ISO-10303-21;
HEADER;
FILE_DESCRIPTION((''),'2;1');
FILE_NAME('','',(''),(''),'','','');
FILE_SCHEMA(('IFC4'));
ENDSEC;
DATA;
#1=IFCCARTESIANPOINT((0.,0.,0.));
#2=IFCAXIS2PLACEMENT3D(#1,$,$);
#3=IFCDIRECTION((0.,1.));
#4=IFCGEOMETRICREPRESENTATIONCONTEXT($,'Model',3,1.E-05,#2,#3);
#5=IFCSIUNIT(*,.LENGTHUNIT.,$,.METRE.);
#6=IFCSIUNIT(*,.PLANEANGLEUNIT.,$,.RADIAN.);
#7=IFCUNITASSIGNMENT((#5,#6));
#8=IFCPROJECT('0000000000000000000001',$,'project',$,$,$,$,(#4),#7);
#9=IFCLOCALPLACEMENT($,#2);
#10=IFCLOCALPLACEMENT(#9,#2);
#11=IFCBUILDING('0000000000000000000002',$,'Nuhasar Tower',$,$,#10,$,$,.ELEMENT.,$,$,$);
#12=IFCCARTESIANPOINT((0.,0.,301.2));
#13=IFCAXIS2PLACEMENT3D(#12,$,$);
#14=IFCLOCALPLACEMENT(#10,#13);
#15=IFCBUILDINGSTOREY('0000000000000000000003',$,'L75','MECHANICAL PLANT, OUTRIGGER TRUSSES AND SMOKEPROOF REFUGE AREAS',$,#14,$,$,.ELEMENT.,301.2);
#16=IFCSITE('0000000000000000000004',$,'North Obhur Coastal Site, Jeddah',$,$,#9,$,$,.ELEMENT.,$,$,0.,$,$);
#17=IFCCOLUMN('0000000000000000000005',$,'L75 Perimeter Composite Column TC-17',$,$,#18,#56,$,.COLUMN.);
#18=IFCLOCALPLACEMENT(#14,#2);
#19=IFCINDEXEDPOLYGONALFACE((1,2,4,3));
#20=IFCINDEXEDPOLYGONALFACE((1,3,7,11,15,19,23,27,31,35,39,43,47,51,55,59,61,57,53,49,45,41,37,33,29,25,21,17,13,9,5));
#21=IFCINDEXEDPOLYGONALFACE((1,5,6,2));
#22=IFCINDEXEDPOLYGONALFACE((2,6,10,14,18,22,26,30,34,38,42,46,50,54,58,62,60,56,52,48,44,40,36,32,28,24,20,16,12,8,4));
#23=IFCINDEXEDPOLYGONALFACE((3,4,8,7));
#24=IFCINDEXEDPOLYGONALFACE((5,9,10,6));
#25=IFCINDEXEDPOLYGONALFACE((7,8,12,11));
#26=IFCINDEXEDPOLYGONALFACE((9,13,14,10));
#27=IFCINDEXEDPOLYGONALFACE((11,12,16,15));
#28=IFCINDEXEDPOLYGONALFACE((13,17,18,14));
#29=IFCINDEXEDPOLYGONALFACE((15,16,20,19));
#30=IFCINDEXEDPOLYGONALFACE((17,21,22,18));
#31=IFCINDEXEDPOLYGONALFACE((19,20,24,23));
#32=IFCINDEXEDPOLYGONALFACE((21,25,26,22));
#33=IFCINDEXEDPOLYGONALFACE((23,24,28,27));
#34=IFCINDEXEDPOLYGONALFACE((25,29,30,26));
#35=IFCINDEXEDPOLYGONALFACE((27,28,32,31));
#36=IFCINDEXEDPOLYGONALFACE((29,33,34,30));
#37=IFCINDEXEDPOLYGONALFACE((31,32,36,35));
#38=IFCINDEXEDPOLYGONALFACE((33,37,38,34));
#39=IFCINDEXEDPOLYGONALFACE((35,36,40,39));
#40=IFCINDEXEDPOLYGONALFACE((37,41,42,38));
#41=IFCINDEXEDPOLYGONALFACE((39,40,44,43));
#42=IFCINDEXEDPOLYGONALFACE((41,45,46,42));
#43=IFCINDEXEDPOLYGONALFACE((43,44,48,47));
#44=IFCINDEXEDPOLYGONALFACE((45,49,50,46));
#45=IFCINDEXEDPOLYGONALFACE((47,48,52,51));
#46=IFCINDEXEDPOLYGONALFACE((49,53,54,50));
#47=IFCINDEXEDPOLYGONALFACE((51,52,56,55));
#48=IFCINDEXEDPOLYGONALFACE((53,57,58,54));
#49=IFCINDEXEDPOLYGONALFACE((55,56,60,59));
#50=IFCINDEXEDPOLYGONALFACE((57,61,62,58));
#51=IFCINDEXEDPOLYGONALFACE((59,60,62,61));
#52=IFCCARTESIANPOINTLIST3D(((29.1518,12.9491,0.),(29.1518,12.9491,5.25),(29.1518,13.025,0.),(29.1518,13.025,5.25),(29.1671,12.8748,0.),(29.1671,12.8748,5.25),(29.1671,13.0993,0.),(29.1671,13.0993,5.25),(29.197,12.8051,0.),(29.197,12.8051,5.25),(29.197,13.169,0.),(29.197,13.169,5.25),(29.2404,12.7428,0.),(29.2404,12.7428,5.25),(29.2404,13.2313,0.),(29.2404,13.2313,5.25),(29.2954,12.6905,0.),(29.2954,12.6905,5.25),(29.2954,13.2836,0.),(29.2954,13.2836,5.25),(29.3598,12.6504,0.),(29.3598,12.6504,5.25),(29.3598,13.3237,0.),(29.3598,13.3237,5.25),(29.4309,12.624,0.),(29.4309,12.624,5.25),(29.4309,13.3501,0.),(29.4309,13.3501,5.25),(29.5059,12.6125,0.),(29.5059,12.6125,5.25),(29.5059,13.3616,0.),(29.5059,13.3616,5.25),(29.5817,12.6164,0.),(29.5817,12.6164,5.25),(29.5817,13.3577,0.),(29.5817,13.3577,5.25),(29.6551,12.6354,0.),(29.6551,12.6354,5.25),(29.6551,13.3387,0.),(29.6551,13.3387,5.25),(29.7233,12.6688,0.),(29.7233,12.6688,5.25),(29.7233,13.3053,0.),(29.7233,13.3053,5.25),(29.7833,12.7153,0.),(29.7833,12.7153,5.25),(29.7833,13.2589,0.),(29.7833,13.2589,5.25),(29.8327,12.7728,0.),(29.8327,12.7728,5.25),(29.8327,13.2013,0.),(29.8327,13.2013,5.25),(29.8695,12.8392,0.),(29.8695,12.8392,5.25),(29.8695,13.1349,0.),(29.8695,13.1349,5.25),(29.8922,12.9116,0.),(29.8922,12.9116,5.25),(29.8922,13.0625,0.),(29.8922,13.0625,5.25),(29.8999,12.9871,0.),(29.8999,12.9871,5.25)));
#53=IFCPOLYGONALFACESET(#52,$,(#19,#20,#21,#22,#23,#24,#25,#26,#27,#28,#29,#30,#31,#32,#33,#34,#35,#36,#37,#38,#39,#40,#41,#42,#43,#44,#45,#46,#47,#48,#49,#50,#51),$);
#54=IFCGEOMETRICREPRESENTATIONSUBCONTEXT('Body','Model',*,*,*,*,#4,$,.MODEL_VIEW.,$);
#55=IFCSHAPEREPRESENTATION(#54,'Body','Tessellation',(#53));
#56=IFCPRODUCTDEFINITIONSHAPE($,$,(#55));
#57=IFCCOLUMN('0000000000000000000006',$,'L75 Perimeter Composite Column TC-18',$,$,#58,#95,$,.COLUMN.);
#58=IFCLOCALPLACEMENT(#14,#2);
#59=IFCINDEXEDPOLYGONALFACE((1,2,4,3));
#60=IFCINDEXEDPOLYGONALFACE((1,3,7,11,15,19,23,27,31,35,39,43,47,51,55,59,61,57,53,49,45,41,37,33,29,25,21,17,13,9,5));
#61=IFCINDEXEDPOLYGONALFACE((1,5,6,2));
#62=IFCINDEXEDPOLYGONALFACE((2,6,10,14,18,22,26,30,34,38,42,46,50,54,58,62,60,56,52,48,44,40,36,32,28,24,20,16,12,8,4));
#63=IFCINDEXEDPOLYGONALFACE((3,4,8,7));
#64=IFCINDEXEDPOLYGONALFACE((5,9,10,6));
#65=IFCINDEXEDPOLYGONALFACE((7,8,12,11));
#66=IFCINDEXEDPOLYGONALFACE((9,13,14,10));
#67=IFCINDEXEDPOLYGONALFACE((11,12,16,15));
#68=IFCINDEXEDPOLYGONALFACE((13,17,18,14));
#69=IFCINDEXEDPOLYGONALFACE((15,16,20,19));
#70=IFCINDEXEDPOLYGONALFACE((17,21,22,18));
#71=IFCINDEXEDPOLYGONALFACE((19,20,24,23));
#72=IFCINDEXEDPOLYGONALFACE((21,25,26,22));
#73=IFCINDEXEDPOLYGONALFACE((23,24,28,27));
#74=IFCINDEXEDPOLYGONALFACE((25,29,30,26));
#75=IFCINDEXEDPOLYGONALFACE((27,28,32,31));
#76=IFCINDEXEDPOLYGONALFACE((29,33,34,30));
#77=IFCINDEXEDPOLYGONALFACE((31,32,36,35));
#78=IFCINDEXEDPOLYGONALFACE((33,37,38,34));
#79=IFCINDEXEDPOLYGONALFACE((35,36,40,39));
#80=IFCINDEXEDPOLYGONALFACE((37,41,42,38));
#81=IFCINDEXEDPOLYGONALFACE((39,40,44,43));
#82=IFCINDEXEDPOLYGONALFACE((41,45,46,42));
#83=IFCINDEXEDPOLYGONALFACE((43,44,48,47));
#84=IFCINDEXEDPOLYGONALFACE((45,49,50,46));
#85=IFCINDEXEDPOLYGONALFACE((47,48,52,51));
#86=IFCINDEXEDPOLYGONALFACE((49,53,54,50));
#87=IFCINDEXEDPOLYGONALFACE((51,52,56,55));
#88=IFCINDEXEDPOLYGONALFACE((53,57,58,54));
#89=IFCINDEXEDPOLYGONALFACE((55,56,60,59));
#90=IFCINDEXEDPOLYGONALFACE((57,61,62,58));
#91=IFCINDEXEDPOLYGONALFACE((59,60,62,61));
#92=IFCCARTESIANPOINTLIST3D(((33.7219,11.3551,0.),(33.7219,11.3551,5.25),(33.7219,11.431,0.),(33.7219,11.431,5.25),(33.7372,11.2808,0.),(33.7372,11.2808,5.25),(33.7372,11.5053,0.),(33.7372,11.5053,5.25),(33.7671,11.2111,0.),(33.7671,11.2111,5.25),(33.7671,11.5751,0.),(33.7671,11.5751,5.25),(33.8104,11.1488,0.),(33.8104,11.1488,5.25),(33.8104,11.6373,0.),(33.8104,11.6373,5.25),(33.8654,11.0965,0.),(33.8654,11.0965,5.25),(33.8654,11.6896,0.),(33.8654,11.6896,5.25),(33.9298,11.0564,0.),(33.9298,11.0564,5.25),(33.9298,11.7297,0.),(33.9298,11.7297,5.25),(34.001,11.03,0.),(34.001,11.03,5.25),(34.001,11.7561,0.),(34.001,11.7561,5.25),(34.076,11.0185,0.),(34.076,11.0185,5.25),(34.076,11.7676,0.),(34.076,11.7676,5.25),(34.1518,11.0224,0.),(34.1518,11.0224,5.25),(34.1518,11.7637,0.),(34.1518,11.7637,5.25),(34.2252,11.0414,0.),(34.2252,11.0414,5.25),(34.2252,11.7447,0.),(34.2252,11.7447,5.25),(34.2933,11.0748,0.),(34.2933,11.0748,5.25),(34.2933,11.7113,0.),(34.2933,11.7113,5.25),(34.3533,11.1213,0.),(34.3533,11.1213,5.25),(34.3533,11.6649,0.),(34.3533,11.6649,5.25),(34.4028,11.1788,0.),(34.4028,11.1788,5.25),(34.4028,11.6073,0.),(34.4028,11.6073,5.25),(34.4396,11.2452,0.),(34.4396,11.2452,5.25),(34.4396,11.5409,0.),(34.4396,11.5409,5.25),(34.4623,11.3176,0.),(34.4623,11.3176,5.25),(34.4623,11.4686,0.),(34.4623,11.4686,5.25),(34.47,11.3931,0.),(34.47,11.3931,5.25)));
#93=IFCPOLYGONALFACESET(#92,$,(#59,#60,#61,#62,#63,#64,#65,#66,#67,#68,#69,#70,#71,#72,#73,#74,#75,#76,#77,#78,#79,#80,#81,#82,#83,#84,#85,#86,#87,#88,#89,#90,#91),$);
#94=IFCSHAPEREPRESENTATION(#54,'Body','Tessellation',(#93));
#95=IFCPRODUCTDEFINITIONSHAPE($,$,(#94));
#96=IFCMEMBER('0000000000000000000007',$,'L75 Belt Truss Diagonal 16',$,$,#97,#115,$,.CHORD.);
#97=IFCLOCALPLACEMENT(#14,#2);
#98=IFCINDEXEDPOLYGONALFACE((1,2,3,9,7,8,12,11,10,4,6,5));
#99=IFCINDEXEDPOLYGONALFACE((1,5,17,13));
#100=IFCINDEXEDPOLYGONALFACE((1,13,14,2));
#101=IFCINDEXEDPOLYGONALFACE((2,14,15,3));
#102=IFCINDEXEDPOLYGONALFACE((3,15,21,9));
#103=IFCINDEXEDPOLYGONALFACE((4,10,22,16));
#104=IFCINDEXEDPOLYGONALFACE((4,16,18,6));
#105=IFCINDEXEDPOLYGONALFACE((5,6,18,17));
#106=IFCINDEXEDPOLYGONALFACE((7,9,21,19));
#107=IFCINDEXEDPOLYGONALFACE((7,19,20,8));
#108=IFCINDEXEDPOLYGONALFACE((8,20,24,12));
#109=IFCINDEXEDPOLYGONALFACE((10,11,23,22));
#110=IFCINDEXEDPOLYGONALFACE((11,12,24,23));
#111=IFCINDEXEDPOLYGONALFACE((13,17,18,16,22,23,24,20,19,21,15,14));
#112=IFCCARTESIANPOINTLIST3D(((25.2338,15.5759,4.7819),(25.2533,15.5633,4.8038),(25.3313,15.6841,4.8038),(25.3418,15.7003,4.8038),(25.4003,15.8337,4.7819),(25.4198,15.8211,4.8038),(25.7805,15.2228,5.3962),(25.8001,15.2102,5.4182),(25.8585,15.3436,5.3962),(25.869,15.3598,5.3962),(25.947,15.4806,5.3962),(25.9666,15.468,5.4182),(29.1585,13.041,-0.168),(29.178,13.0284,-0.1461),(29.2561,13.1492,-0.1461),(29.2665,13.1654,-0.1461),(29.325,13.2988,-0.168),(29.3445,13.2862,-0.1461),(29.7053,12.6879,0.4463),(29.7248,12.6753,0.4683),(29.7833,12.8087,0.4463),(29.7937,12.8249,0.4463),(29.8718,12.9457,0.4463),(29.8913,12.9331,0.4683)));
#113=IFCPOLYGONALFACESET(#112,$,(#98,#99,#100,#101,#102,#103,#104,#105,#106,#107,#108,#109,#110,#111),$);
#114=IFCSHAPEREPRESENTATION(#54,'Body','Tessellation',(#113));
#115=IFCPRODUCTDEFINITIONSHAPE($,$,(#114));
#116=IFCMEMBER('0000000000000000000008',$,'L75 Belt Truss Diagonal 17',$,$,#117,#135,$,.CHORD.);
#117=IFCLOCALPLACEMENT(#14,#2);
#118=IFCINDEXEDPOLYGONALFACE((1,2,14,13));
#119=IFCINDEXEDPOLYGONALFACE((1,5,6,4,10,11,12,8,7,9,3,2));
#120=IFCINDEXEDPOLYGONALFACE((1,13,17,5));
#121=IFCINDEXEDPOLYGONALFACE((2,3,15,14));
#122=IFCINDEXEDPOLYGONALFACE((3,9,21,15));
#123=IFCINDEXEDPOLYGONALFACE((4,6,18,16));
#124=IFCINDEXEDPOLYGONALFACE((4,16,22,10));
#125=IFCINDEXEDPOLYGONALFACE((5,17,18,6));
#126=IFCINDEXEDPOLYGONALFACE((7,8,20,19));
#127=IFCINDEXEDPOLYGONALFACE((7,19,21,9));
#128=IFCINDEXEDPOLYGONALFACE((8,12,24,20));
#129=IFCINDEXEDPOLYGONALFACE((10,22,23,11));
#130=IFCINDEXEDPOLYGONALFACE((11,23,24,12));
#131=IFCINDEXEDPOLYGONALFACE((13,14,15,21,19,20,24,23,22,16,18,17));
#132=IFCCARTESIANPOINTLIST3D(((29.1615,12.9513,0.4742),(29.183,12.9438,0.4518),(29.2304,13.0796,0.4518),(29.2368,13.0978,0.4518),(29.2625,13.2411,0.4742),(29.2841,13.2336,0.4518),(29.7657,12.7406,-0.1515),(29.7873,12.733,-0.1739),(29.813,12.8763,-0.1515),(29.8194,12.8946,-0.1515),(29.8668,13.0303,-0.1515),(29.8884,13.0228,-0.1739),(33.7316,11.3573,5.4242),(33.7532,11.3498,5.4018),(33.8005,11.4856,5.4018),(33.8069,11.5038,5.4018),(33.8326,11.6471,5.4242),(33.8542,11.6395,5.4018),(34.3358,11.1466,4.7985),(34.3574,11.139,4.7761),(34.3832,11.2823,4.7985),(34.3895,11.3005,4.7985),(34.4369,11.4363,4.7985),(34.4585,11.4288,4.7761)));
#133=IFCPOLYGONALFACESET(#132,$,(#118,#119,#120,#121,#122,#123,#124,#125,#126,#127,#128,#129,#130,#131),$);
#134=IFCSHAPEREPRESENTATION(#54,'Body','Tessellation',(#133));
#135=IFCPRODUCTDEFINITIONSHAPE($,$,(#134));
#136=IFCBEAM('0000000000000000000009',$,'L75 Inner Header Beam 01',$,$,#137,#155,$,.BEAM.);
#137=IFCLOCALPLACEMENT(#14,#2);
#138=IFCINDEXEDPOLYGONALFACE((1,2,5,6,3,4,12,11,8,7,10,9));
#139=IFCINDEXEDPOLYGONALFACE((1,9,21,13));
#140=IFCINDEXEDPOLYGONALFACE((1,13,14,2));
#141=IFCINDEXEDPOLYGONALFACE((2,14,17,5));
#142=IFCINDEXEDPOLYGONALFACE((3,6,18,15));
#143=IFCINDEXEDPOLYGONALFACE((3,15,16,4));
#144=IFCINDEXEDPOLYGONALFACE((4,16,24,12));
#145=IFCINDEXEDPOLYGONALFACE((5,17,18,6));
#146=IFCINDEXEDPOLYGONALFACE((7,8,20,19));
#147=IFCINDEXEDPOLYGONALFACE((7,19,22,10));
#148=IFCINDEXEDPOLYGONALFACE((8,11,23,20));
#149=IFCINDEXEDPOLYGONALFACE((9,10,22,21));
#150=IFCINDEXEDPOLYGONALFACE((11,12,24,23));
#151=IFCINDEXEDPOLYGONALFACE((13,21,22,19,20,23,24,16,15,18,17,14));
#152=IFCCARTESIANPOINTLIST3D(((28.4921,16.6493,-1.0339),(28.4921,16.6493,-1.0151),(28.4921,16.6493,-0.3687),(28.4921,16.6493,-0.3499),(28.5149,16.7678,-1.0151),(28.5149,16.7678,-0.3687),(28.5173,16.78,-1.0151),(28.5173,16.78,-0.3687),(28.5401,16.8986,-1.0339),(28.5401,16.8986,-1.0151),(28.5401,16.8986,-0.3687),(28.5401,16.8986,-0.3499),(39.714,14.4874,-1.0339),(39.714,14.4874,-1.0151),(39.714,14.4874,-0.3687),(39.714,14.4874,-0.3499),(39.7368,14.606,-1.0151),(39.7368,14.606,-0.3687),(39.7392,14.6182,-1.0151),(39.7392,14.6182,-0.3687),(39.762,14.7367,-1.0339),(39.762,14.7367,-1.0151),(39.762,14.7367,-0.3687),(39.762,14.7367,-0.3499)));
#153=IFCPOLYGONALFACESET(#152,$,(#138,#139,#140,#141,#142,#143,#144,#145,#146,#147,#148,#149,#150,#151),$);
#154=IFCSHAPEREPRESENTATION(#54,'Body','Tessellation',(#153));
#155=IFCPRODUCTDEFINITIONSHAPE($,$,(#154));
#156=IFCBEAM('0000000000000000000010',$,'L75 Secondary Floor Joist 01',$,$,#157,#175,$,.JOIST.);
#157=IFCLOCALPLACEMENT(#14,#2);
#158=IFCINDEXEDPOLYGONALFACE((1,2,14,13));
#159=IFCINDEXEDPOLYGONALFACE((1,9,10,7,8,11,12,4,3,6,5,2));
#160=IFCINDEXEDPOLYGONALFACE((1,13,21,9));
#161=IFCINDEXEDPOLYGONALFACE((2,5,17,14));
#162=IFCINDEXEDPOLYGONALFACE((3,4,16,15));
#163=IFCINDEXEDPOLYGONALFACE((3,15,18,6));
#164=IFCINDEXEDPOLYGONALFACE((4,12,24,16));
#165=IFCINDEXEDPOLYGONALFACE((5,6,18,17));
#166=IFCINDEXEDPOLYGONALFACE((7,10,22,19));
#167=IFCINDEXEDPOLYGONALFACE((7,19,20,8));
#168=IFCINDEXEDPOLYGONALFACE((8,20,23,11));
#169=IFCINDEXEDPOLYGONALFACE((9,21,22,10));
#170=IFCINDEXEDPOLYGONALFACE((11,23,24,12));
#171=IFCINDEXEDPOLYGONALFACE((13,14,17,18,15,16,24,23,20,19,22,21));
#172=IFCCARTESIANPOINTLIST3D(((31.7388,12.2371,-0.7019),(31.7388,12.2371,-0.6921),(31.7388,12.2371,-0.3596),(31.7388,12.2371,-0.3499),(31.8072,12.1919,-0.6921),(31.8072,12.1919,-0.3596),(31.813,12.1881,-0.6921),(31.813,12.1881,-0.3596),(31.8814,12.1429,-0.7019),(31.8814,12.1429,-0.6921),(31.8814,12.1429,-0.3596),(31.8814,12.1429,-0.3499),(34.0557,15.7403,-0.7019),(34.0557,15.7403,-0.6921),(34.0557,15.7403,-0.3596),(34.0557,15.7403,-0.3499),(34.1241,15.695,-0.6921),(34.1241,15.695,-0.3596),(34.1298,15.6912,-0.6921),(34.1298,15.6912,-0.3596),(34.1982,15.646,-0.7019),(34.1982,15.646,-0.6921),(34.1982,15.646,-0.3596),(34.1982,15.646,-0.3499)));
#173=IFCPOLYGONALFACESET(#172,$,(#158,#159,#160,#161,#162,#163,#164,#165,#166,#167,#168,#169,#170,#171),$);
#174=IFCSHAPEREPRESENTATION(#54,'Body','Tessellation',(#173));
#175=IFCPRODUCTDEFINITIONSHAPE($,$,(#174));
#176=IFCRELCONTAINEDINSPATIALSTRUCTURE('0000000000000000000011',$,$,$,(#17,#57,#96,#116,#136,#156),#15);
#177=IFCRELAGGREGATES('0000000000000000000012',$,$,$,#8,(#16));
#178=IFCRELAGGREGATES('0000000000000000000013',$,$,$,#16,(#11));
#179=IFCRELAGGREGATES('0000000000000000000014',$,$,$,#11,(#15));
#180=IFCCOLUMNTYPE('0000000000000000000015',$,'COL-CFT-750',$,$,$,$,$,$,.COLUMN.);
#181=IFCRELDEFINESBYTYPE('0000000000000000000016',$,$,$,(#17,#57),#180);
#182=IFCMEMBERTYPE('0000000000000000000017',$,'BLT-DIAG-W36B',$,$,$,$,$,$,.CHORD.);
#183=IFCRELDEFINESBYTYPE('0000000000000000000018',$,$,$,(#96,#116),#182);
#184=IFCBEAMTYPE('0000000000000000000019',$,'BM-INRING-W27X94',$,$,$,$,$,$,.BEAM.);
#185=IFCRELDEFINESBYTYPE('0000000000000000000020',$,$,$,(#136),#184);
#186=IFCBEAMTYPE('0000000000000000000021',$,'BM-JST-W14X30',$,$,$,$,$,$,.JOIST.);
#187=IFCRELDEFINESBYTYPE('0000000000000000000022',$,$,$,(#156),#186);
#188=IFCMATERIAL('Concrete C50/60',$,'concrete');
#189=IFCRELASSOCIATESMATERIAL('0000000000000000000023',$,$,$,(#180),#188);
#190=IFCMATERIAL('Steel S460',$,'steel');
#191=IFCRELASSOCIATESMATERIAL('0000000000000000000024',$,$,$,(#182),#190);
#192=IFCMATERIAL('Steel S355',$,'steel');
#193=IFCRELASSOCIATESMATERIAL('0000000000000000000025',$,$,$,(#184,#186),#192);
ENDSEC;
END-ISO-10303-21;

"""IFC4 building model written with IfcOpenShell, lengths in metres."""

from ifc_helpers import new_model, si_unit, direction, frame, origin, origin_2d, place, context, subcontext, project, spatial, circle, i_section, extrude, material, material_profile, profile_set, type_object, element, save


model = new_model("IFC4")

# Units and contexts
model_context = context("Model", 3, precision=1e-05, world=origin(), true_north=direction((0.0, 1.0)))
body_context = subcontext(model_context, "Body", "Model", "MODEL_VIEW")
ifc_project = project(units=[si_unit("LENGTHUNIT", "METRE"), si_unit("PLANEANGLEUNIT", "RADIAN")], contexts=[model_context])

# Site, building, storey
site_placement = place(None, origin())
site = spatial("IfcSite", under=ifc_project, at=site_placement, Name="North Obhur Coastal Site, Jeddah", CompositionType="ELEMENT", RefElevation=0.0)
building_placement = place(site_placement, origin())
building = spatial("IfcBuilding", under=site, at=building_placement, Name="Nuhasar Tower", CompositionType="ELEMENT")
storey_placement = place(building_placement, frame((0.0, 0.0, 301.2)))
storey = spatial("IfcBuildingStorey", under=building, at=storey_placement, Name="L75", Description="MECHANICAL PLANT, OUTRIGGER TRUSSES AND SMOKEPROOF REFUGE AREAS", CompositionType="ELEMENT", Elevation=301.2)

# Columns
ifc_material_1 = material(Name="Concrete C50/60", Category="concrete")
ifc_material_profile_1 = material_profile(ifc_material_1, circle(Radius=0.375, at=origin_2d()), Name="CFT750")
ifc_profile_set_1 = profile_set([ifc_material_profile_1], Name="Concrete C50/60")
column_type = type_object("IfcColumnType", Name="COL-CFT-750", PredefinedType="COLUMN", material=ifc_profile_set_1)
for number, where, z_axis, x_axis, name in (
    (1, (29.5249, 12.9871, 0.0), (0.0, 0.0, 1.0), (1.0, 0.0, 0.0), "L75 Perimeter Composite Column TC-17"),
    (2, (34.095, 11.3931, 0.0), (0.0, 0.0, 1.0), (1.0, 0.0, 0.0), "L75 Perimeter Composite Column TC-18"),
):
    element("IfcColumn", number, at=place(storey_placement, frame(where, z_axis=z_axis, x_axis=x_axis)), inside=storey, type_object=column_type, Name=name, PredefinedType="COLUMN", context=body_context, shape_type="SweptSolid", body=[
        extrude(circle(Radius=0.375, at=origin_2d()), origin(), (0.0, 0.0, 1.0), 5.25),
    ])

# Members
ifc_material_2 = material(Name="Steel S460", Category="steel")
ifc_material_profile_2 = material_profile(ifc_material_2, i_section(OverallWidth=0.3069, OverallDepth=0.927, WebThickness=0.0193, FlangeThickness=0.032, at=origin_2d()), Name="W36X194")
ifc_profile_set_2 = profile_set([ifc_material_profile_2], Name="Steel S460")
member_type_1 = type_object("IfcMemberType", Name="BLT-DIAG-W36B", PredefinedType="CHORD", material=ifc_profile_set_2)
member_1_placement = place(storey_placement, frame((29.5249, 12.9871, 0.1501), z_axis=(-0.576605, 0.372411, 0.727212), x_axis=(-0.542547, -0.840025, 0.0)))
element("IfcMember", 3, at=member_1_placement, inside=storey, type_object=member_type_1, Name="L75 Belt Truss Diagonal 16", PredefinedType="CHORD", context=body_context, shape_type="SweptSolid", body=[
    extrude(i_section(OverallWidth=0.3069, OverallDepth=0.927, WebThickness=0.0193, FlangeThickness=0.032, at=origin_2d()), origin(), (0.0, 0.0, 1.0), 6.8066),
])
member_2_placement = place(storey_placement, frame((29.5249, 12.9871, 0.1501), z_axis=(0.660125, -0.230245, 0.714998), x_axis=(0.329332, 0.944214, 0.0)))
element("IfcMember", 4, at=member_2_placement, inside=storey, type_object=member_type_1, Name="L75 Belt Truss Diagonal 17", PredefinedType="CHORD", context=body_context, shape_type="SweptSolid", body=[
    extrude(i_section(OverallWidth=0.3069, OverallDepth=0.927, WebThickness=0.0193, FlangeThickness=0.032, at=origin_2d()), origin(), (0.0, 0.0, 1.0), 6.9231),
])

# Beams
ifc_material_3 = material(Name="Steel S355", Category="steel")
ifc_material_profile_3 = material_profile(ifc_material_3, i_section(OverallWidth=0.2539, OverallDepth=0.6841, WebThickness=0.0125, FlangeThickness=0.0188, at=origin_2d()), Name="W27X94")
ifc_profile_set_3 = profile_set([ifc_material_profile_3], Name="Steel S355")
beam_type_1 = type_object("IfcBeamType", Name="BM-INRING-W27X94", PredefinedType="BEAM", material=ifc_profile_set_3)
beam_1_placement = place(storey_placement, frame((28.5161, 16.7739, -0.6919), z_axis=(0.981945, -0.189168, 0.0), x_axis=(0.189168, 0.981945, 0.0)))
element("IfcBeam", 5, at=beam_1_placement, inside=storey, type_object=beam_type_1, Name="L75 Inner Header Beam 01", PredefinedType="BEAM", context=body_context, shape_type="SweptSolid", body=[
    extrude(i_section(OverallWidth=0.2539, OverallDepth=0.6841, WebThickness=0.0125, FlangeThickness=0.0188, at=origin_2d()), origin(), (0.0, 0.0, 1.0), 11.4282),
])
ifc_material_profile_4 = material_profile(ifc_material_3, i_section(OverallWidth=0.1709, OverallDepth=0.3521, WebThickness=0.0068, FlangeThickness=0.0098, at=origin_2d()), Name="W14X30")
ifc_profile_set_4 = profile_set([ifc_material_profile_4], Name="Steel S355")
beam_type_2 = type_object("IfcBeamType", Name="BM-JST-W14X30", PredefinedType="JOIST", material=ifc_profile_set_4)
beam_2_placement = place(storey_placement, frame((34.127, 15.6931, -0.5259), z_axis=(-0.551638, -0.834084, 0.0), x_axis=(0.834084, -0.551638, 0.0)))
element("IfcBeam", 6, at=beam_2_placement, inside=storey, type_object=beam_type_2, Name="L75 Secondary Floor Joist 01", PredefinedType="JOIST", context=body_context, shape_type="SweptSolid", body=[
    extrude(i_section(OverallWidth=0.1709, OverallDepth=0.3521, WebThickness=0.0068, FlangeThickness=0.0098, at=origin_2d()), origin(), (0.0, 0.0, 1.0), 4.2),
])

save(model, "model.ifc")
